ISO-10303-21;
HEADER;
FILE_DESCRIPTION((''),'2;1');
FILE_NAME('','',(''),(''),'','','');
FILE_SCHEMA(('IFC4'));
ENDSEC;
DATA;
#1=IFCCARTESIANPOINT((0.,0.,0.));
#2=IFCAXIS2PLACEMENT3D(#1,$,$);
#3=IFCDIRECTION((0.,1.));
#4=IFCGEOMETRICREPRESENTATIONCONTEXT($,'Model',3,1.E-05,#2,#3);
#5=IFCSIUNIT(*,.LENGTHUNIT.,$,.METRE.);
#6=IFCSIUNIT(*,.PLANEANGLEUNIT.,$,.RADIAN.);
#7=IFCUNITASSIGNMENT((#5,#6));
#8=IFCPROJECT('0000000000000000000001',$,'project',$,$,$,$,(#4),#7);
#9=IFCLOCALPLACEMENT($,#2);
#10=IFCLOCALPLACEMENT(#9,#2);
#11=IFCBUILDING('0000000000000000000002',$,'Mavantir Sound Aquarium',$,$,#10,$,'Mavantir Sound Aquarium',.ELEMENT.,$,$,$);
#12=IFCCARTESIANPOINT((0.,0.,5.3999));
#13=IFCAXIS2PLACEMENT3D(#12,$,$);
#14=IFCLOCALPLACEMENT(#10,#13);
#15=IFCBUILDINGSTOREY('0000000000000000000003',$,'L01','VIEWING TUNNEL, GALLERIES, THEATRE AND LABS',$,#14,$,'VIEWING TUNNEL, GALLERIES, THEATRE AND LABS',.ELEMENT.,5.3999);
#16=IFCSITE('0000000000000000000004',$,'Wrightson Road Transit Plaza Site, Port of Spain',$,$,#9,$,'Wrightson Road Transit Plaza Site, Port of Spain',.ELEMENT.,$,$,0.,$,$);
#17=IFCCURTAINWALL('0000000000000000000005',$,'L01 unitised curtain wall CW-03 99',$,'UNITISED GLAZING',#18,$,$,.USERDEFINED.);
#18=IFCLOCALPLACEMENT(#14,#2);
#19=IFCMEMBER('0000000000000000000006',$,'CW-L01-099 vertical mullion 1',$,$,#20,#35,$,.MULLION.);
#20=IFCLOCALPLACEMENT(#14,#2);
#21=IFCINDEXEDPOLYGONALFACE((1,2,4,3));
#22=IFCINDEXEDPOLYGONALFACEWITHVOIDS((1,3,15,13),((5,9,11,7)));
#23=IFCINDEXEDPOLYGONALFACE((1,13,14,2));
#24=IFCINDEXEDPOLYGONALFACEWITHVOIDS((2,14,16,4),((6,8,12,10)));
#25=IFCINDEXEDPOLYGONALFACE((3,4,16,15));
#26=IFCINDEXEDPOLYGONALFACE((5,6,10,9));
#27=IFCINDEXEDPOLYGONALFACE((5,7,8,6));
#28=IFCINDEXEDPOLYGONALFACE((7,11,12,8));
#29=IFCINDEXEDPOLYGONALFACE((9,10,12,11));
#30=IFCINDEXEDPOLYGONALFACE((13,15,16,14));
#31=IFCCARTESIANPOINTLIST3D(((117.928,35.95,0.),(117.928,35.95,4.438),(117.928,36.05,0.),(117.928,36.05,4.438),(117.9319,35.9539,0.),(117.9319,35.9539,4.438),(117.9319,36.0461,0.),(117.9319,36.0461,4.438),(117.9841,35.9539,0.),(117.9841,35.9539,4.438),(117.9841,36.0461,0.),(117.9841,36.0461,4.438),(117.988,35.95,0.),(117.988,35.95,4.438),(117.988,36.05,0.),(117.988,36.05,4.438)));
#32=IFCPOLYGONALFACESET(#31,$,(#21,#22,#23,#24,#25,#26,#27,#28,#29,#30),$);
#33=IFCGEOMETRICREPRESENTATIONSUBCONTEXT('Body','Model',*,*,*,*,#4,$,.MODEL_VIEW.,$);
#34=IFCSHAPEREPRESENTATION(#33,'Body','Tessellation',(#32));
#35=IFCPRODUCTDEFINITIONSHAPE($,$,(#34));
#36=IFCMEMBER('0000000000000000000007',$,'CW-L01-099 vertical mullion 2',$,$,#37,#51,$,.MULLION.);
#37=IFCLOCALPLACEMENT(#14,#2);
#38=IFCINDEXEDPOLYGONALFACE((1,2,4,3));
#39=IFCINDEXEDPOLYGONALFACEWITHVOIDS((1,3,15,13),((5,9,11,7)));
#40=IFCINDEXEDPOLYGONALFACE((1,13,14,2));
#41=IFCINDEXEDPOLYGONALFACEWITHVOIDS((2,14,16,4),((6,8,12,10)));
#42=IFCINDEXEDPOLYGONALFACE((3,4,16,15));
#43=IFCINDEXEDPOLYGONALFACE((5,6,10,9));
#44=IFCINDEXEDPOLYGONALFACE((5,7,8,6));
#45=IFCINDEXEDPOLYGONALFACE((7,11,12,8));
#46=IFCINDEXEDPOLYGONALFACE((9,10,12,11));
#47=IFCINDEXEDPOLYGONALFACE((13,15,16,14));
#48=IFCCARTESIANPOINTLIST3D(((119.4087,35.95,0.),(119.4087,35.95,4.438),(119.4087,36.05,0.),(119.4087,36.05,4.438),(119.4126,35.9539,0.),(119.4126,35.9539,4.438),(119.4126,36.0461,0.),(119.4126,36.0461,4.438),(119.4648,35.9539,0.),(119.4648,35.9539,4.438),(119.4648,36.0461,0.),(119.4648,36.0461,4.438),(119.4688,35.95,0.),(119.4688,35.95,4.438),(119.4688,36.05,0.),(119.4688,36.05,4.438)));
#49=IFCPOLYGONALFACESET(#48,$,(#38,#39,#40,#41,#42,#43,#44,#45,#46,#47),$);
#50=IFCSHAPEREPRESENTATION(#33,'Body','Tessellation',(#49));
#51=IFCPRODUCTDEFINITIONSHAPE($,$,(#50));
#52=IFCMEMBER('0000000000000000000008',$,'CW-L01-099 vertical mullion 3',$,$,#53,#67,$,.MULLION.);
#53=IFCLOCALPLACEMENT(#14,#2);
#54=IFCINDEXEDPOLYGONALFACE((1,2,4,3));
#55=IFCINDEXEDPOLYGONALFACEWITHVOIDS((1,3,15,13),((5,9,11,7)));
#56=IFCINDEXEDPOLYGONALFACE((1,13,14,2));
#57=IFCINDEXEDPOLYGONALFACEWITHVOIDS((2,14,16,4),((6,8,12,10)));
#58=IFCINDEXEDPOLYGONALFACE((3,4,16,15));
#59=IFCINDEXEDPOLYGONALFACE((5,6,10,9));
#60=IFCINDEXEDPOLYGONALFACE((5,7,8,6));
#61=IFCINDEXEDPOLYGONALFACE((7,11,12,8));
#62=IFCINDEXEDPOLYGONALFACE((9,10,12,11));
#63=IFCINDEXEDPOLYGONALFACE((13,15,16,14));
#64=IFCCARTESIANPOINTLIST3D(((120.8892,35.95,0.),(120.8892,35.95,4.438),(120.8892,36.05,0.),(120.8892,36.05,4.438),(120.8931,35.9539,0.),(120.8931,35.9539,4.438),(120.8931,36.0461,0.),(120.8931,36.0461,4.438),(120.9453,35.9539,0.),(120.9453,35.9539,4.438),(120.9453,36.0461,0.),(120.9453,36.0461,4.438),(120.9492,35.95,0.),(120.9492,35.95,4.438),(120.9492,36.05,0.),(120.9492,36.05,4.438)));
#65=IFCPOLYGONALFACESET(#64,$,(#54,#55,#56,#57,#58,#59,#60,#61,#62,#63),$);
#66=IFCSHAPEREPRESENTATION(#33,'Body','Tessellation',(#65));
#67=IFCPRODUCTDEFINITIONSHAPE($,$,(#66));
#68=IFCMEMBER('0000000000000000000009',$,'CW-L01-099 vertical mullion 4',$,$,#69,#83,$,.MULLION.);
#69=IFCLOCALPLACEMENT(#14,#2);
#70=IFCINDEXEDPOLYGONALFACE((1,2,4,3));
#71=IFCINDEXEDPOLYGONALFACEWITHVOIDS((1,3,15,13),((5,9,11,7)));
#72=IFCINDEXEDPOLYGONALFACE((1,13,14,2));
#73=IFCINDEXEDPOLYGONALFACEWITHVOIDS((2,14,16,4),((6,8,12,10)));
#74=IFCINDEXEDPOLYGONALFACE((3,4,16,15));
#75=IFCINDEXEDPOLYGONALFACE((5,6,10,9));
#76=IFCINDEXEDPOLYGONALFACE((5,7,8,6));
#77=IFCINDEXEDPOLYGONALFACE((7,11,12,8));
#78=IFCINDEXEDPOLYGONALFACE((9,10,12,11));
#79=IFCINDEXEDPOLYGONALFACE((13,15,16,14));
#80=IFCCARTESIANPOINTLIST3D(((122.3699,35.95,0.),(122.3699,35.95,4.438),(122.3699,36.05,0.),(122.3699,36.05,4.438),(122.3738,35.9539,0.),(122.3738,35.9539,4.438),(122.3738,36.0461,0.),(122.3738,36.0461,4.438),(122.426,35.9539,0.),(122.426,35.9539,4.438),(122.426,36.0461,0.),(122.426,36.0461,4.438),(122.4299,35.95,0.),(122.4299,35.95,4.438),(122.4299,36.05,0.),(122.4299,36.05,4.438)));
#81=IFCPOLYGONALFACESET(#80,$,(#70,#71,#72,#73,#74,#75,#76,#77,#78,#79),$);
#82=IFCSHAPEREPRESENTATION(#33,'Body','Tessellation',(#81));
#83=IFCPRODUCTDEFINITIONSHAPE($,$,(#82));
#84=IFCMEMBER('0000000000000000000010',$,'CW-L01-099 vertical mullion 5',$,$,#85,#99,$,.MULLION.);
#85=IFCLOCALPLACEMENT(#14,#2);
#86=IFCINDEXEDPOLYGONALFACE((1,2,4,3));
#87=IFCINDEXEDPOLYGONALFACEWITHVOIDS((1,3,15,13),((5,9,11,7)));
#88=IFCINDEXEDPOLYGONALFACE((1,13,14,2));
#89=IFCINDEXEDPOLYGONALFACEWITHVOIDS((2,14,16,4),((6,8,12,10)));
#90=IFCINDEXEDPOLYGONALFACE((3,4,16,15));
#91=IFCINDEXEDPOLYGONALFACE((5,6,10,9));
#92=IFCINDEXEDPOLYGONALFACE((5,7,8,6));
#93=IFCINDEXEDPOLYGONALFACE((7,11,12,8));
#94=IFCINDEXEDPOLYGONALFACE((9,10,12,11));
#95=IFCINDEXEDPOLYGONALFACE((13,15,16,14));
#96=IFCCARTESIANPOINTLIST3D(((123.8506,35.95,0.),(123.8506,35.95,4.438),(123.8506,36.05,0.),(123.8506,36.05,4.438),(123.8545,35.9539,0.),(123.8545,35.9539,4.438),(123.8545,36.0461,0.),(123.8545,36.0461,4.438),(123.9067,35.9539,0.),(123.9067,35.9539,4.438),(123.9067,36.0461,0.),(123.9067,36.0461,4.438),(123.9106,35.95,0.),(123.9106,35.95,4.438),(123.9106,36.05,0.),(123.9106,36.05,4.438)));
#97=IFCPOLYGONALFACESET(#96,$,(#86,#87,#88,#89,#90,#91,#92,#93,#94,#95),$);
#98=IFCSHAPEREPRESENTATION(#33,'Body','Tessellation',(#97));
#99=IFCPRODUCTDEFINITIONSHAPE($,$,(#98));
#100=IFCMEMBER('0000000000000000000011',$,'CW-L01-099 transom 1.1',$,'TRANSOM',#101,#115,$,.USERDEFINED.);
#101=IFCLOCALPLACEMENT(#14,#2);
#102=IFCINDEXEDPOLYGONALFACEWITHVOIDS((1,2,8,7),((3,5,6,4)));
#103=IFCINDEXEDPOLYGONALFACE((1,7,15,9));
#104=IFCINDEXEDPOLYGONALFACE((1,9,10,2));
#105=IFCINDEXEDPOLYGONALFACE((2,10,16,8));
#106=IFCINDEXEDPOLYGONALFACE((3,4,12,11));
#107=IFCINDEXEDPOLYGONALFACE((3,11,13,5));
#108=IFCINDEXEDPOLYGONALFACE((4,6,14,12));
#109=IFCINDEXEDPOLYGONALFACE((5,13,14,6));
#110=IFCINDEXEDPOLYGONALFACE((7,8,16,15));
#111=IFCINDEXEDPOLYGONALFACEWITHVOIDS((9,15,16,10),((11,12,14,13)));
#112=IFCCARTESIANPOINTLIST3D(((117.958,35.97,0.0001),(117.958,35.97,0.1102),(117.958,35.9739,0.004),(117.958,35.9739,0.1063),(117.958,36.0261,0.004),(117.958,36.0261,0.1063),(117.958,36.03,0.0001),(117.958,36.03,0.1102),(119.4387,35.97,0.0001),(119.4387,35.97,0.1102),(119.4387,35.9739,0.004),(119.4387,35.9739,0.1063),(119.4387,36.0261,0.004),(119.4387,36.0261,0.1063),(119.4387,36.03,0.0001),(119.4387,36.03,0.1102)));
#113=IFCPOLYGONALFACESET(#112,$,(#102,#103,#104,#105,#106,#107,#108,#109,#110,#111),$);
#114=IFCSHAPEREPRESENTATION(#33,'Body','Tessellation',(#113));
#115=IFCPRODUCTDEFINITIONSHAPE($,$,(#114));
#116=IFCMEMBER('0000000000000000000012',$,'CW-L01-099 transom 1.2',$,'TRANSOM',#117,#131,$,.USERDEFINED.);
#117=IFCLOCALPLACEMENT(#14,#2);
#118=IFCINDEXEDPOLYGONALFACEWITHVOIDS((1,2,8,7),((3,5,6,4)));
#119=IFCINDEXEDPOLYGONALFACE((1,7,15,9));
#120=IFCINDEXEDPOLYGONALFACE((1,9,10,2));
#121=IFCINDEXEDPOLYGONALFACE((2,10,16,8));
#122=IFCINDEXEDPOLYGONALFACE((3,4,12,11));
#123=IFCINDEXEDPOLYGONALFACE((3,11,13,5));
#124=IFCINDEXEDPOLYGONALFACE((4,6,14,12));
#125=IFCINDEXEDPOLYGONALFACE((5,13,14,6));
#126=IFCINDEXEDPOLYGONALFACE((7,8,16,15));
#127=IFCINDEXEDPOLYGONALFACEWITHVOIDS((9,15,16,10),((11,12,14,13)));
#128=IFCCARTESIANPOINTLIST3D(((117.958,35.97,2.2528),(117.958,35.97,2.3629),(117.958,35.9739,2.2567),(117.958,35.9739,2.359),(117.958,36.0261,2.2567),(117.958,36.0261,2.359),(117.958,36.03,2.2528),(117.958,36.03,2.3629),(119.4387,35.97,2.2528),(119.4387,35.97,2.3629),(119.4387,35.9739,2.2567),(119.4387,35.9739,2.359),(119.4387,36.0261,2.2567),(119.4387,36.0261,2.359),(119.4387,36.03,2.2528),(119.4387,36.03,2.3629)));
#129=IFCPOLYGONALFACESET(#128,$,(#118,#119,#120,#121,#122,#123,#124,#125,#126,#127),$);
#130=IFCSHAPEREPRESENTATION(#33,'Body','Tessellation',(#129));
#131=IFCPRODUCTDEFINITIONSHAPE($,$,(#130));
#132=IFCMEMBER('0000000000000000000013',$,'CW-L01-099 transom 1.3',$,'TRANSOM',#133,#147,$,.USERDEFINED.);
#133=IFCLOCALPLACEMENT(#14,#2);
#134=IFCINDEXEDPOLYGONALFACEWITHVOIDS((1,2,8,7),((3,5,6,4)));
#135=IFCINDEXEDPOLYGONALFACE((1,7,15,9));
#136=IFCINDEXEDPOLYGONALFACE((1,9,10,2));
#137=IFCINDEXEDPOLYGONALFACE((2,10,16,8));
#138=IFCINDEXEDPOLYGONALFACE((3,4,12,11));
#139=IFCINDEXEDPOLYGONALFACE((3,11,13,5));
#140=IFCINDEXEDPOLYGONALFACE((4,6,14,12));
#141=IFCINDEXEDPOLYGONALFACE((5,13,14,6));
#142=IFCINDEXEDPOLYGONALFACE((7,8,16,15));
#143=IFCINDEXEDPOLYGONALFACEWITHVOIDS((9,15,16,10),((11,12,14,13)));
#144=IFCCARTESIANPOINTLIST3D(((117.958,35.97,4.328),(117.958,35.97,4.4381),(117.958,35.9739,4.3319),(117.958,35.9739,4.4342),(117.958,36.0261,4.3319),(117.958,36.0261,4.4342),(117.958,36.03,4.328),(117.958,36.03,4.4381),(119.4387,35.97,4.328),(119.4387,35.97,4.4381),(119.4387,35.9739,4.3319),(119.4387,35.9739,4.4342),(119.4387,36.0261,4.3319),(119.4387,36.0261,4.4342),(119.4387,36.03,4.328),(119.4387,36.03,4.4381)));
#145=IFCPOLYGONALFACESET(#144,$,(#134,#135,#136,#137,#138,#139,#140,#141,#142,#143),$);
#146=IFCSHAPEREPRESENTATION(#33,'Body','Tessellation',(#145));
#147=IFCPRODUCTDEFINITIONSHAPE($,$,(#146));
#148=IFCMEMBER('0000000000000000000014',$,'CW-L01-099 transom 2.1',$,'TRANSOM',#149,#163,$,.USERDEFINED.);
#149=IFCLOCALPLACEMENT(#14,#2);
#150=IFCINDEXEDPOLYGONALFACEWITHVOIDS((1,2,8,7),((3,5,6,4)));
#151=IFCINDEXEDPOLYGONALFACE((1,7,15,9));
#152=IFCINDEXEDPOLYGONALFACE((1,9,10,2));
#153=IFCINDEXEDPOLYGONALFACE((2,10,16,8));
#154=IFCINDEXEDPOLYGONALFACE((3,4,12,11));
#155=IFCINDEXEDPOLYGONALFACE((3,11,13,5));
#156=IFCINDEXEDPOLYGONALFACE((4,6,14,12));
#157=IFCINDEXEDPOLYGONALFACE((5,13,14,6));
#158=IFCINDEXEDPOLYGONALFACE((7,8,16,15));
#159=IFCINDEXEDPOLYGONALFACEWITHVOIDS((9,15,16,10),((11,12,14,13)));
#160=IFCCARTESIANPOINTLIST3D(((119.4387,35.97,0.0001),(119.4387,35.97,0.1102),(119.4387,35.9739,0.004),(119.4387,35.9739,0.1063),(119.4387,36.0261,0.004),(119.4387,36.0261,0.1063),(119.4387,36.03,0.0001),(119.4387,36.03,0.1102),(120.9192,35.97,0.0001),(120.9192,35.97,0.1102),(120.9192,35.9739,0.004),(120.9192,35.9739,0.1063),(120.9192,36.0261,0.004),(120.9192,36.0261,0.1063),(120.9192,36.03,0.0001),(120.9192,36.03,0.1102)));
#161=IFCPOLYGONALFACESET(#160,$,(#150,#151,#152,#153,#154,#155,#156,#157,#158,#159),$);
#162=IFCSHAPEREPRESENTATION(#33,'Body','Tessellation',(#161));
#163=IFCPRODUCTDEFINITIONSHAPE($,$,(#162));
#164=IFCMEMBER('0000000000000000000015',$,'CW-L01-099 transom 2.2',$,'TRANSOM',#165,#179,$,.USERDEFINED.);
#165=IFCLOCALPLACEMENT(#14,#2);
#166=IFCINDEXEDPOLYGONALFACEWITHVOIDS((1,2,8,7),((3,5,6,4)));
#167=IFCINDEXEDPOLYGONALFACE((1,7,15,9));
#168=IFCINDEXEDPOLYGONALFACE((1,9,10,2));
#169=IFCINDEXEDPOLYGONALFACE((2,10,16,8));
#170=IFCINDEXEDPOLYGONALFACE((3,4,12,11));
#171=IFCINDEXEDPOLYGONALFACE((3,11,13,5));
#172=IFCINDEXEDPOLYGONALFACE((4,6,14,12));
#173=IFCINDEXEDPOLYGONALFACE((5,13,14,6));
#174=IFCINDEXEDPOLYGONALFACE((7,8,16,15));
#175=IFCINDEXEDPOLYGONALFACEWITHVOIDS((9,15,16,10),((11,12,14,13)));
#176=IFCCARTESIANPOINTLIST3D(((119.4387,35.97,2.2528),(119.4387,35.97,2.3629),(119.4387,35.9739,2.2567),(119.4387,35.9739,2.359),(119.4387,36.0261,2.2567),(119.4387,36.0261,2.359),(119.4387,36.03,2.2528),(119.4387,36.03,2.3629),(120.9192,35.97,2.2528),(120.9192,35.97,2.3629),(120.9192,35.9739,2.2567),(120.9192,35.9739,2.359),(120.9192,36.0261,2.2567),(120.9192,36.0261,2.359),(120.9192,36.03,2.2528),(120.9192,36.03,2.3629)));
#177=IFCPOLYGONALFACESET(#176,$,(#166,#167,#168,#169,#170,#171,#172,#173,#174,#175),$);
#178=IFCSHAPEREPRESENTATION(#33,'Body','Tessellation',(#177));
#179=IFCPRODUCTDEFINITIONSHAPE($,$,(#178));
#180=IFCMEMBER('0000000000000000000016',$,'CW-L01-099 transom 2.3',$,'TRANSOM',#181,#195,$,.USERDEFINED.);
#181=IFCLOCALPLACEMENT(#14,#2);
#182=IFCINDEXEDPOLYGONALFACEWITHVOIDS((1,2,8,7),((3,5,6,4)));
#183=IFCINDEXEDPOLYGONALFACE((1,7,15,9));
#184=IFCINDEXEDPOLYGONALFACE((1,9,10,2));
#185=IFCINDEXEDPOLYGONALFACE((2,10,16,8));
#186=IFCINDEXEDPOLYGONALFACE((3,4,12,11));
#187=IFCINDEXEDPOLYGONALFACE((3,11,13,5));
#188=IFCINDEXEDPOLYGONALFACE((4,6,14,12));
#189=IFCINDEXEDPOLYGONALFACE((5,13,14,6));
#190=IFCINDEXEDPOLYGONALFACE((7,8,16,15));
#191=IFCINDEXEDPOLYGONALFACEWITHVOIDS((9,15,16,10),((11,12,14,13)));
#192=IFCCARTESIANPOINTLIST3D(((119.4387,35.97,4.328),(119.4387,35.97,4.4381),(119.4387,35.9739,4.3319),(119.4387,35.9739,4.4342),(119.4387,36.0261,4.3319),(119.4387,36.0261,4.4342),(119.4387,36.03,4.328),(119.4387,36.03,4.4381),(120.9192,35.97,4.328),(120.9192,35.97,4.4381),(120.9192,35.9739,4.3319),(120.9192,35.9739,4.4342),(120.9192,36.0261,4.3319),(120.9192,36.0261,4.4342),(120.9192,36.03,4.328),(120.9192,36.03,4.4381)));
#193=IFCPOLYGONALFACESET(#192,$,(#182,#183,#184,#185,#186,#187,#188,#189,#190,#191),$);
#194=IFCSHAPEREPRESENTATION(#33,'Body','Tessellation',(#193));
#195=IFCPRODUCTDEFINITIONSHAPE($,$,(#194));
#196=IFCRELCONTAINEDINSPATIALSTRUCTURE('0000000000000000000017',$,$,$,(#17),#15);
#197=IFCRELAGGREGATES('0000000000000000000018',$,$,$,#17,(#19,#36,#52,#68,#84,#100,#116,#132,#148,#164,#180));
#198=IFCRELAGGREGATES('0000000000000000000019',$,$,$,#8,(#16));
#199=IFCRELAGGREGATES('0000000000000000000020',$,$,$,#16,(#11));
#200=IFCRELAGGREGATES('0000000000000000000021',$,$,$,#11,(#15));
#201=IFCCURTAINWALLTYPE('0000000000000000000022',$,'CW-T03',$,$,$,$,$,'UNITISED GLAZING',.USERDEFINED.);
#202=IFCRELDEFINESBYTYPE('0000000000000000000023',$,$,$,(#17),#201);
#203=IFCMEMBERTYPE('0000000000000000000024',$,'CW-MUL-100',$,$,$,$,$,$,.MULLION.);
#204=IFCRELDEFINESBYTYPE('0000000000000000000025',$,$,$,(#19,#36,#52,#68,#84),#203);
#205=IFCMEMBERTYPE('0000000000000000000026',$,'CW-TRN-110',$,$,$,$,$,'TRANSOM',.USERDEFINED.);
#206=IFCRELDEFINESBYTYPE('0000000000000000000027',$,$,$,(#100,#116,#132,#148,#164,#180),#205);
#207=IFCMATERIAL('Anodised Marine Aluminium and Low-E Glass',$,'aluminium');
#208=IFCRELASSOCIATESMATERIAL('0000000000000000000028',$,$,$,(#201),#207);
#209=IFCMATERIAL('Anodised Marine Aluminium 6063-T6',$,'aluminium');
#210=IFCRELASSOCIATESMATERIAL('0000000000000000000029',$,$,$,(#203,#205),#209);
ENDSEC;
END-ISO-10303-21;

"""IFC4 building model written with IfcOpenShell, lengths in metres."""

from ifc_helpers import new_model, si_unit, direction, frame, origin, origin_2d, place, context, subcontext, project, spatial, hollow_rectangle, extrude, material, material_profile, profile_set, type_object, element, aggregate, save


model = new_model("IFC4")

# Units and contexts
model_context = context("Model", 3, precision=1e-05, world=origin(), true_north=direction((0.0, 1.0)))
body_context = subcontext(model_context, "Body", "Model", "MODEL_VIEW")
ifc_project = project(units=[si_unit("LENGTHUNIT", "METRE"), si_unit("PLANEANGLEUNIT", "RADIAN")], contexts=[model_context])

# Site, building, storey
site_placement = place(None, origin())
site = spatial("IfcSite", under=ifc_project, at=site_placement, Name="Wrightson Road Transit Plaza Site, Port of Spain", LongName="Wrightson Road Transit Plaza Site, Port of Spain", CompositionType="ELEMENT", RefElevation=0.0)
building_placement = place(site_placement, origin())
building = spatial("IfcBuilding", under=site, at=building_placement, Name="Mavantir Sound Aquarium", LongName="Mavantir Sound Aquarium", CompositionType="ELEMENT")
storey_placement = place(building_placement, frame((0.0, 0.0, 5.3999)))
storey = spatial("IfcBuildingStorey", under=building, at=storey_placement, Name="L01", Description="VIEWING TUNNEL, GALLERIES, THEATRE AND LABS", LongName="VIEWING TUNNEL, GALLERIES, THEATRE AND LABS", CompositionType="ELEMENT", Elevation=5.3999)

# Curtain wall, members
ifc_material_1 = material(Name="Anodised Marine Aluminium and Low-E Glass", Category="aluminium")
curtain_wall_type = type_object("IfcCurtainWallType", Name="CW-T03", ElementType="UNITISED GLAZING", PredefinedType="USERDEFINED", material=ifc_material_1)
curtain_wall_placement = place(storey_placement, origin())
curtain_wall = element("IfcCurtainWall", 1, at=curtain_wall_placement, inside=storey, type_object=curtain_wall_type, Name="L01 unitised curtain wall CW-03 99", ObjectType="UNITISED GLAZING", PredefinedType="USERDEFINED")
ifc_material_2 = material(Name="Anodised Marine Aluminium 6063-T6", Category="aluminium")
ifc_material_profile_1 = material_profile(ifc_material_2, hollow_rectangle(XDim=0.0601, YDim=0.1001, WallThickness=0.0039, at=origin_2d()), Name="ALU-MULLION-100X60")
ifc_profile_set_1 = profile_set([ifc_material_profile_1], Name="Anodised Marine Aluminium 6063-T6")
member_type_1 = type_object("IfcMemberType", Name="CW-MUL-100", PredefinedType="MULLION", material=ifc_profile_set_1)
member_1_placement = place(storey_placement, frame((117.958, 36.0, 0.0), z_axis=(0.0, 0.0, 1.0), x_axis=(1.0, 0.0, 0.0)))
member_1 = element("IfcMember", 2, at=member_1_placement, type_object=member_type_1, Name="CW-L01-099 vertical mullion 1", PredefinedType="MULLION", context=body_context, shape_type="SweptSolid", body=[
    extrude(hollow_rectangle(XDim=0.0601, YDim=0.1001, WallThickness=0.0039, at=origin_2d()), origin(), (0.0, 0.0, 1.0), 4.438),
])
member_2_placement = place(storey_placement, frame((119.4387, 36.0, 0.0), z_axis=(0.0, 0.0, 1.0), x_axis=(1.0, 0.0, 0.0)))
member_2 = element("IfcMember", 3, at=member_2_placement, type_object=member_type_1, Name="CW-L01-099 vertical mullion 2", PredefinedType="MULLION", context=body_context, shape_type="SweptSolid", body=[
    extrude(hollow_rectangle(XDim=0.0601, YDim=0.1001, WallThickness=0.0039, at=origin_2d()), origin(), (0.0, 0.0, 1.0), 4.438),
])
member_3_placement = place(storey_placement, frame((120.9192, 36.0, 0.0), z_axis=(0.0, 0.0, 1.0), x_axis=(1.0, 0.0, 0.0)))
member_3 = element("IfcMember", 4, at=member_3_placement, type_object=member_type_1, Name="CW-L01-099 vertical mullion 3", PredefinedType="MULLION", context=body_context, shape_type="SweptSolid", body=[
    extrude(hollow_rectangle(XDim=0.0601, YDim=0.1001, WallThickness=0.0039, at=origin_2d()), origin(), (0.0, 0.0, 1.0), 4.438),
])
member_4_placement = place(storey_placement, frame((122.3999, 36.0, 0.0), z_axis=(0.0, 0.0, 1.0), x_axis=(1.0, 0.0, 0.0)))
member_4 = element("IfcMember", 5, at=member_4_placement, type_object=member_type_1, Name="CW-L01-099 vertical mullion 4", PredefinedType="MULLION", context=body_context, shape_type="SweptSolid", body=[
    extrude(hollow_rectangle(XDim=0.0601, YDim=0.1001, WallThickness=0.0039, at=origin_2d()), origin(), (0.0, 0.0, 1.0), 4.438),
])
member_5_placement = place(storey_placement, frame((123.8806, 36.0, 0.0), z_axis=(0.0, 0.0, 1.0), x_axis=(1.0, 0.0, 0.0)))
member_5 = element("IfcMember", 6, at=member_5_placement, type_object=member_type_1, Name="CW-L01-099 vertical mullion 5", PredefinedType="MULLION", context=body_context, shape_type="SweptSolid", body=[
    extrude(hollow_rectangle(XDim=0.0601, YDim=0.1001, WallThickness=0.0039, at=origin_2d()), origin(), (0.0, 0.0, 1.0), 4.438),
])
ifc_material_profile_2 = material_profile(ifc_material_2, hollow_rectangle(XDim=0.0601, YDim=0.1101, WallThickness=0.0039, at=origin_2d()), Name="ALU-TRANSOM-110X60")
ifc_profile_set_2 = profile_set([ifc_material_profile_2], Name="Anodised Marine Aluminium 6063-T6")
member_type_2 = type_object("IfcMemberType", Name="CW-TRN-110", ElementType="TRANSOM", PredefinedType="USERDEFINED", material=ifc_profile_set_2)
member_6_placement = place(storey_placement, frame((117.958, 36.0, 0.0552), z_axis=(1.0, 0.0, 0.0), x_axis=(0.0, 1.0, 0.0)))
member_6 = element("IfcMember", 7, at=member_6_placement, type_object=member_type_2, Name="CW-L01-099 transom 1.1", ObjectType="TRANSOM", PredefinedType="USERDEFINED", context=body_context, shape_type="SweptSolid", body=[
    extrude(hollow_rectangle(XDim=0.0601, YDim=0.1101, WallThickness=0.0039, at=origin_2d()), origin(), (0.0, 0.0, 1.0), 1.4807),
])
member_7_placement = place(storey_placement, frame((117.958, 36.0, 2.3079), z_axis=(1.0, 0.0, 0.0), x_axis=(0.0, 1.0, 0.0)))
member_7 = element("IfcMember", 8, at=member_7_placement, type_object=member_type_2, Name="CW-L01-099 transom 1.2", ObjectType="TRANSOM", PredefinedType="USERDEFINED", context=body_context, shape_type="SweptSolid", body=[
    extrude(hollow_rectangle(XDim=0.0601, YDim=0.1101, WallThickness=0.0039, at=origin_2d()), origin(), (0.0, 0.0, 1.0), 1.4807),
])
member_8_placement = place(storey_placement, frame((117.958, 36.0, 4.3831), z_axis=(1.0, 0.0, 0.0), x_axis=(0.0, 1.0, 0.0)))
member_8 = element("IfcMember", 9, at=member_8_placement, type_object=member_type_2, Name="CW-L01-099 transom 1.3", ObjectType="TRANSOM", PredefinedType="USERDEFINED", context=body_context, shape_type="SweptSolid", body=[
    extrude(hollow_rectangle(XDim=0.0601, YDim=0.1101, WallThickness=0.0039, at=origin_2d()), origin(), (0.0, 0.0, 1.0), 1.4807),
])
member_9_placement = place(storey_placement, frame((119.4387, 36.0, 0.0552), z_axis=(1.0, 0.0, 0.0), x_axis=(0.0, 1.0, 0.0)))
member_9 = element("IfcMember", 10, at=member_9_placement, type_object=member_type_2, Name="CW-L01-099 transom 2.1", ObjectType="TRANSOM", PredefinedType="USERDEFINED", context=body_context, shape_type="SweptSolid", body=[
    extrude(hollow_rectangle(XDim=0.0601, YDim=0.1101, WallThickness=0.0039, at=origin_2d()), origin(), (0.0, 0.0, 1.0), 1.4805),
])
member_10_placement = place(storey_placement, frame((119.4387, 36.0, 2.3079), z_axis=(1.0, 0.0, 0.0), x_axis=(0.0, 1.0, 0.0)))
member_10 = element("IfcMember", 11, at=member_10_placement, type_object=member_type_2, Name="CW-L01-099 transom 2.2", ObjectType="TRANSOM", PredefinedType="USERDEFINED", context=body_context, shape_type="SweptSolid", body=[
    extrude(hollow_rectangle(XDim=0.0601, YDim=0.1101, WallThickness=0.0039, at=origin_2d()), origin(), (0.0, 0.0, 1.0), 1.4805),
])
member_11_placement = place(storey_placement, frame((119.4387, 36.0, 4.3831), z_axis=(1.0, 0.0, 0.0), x_axis=(0.0, 1.0, 0.0)))
member_11 = element("IfcMember", 12, at=member_11_placement, type_object=member_type_2, Name="CW-L01-099 transom 2.3", ObjectType="TRANSOM", PredefinedType="USERDEFINED", context=body_context, shape_type="SweptSolid", body=[
    extrude(hollow_rectangle(XDim=0.0601, YDim=0.1101, WallThickness=0.0039, at=origin_2d()), origin(), (0.0, 0.0, 1.0), 1.4805),
])
aggregate(curtain_wall, [member_1, member_2, member_3, member_4, member_5, member_6, member_7, member_8, member_9, member_10, member_11])

save(model, "model.ifc")
